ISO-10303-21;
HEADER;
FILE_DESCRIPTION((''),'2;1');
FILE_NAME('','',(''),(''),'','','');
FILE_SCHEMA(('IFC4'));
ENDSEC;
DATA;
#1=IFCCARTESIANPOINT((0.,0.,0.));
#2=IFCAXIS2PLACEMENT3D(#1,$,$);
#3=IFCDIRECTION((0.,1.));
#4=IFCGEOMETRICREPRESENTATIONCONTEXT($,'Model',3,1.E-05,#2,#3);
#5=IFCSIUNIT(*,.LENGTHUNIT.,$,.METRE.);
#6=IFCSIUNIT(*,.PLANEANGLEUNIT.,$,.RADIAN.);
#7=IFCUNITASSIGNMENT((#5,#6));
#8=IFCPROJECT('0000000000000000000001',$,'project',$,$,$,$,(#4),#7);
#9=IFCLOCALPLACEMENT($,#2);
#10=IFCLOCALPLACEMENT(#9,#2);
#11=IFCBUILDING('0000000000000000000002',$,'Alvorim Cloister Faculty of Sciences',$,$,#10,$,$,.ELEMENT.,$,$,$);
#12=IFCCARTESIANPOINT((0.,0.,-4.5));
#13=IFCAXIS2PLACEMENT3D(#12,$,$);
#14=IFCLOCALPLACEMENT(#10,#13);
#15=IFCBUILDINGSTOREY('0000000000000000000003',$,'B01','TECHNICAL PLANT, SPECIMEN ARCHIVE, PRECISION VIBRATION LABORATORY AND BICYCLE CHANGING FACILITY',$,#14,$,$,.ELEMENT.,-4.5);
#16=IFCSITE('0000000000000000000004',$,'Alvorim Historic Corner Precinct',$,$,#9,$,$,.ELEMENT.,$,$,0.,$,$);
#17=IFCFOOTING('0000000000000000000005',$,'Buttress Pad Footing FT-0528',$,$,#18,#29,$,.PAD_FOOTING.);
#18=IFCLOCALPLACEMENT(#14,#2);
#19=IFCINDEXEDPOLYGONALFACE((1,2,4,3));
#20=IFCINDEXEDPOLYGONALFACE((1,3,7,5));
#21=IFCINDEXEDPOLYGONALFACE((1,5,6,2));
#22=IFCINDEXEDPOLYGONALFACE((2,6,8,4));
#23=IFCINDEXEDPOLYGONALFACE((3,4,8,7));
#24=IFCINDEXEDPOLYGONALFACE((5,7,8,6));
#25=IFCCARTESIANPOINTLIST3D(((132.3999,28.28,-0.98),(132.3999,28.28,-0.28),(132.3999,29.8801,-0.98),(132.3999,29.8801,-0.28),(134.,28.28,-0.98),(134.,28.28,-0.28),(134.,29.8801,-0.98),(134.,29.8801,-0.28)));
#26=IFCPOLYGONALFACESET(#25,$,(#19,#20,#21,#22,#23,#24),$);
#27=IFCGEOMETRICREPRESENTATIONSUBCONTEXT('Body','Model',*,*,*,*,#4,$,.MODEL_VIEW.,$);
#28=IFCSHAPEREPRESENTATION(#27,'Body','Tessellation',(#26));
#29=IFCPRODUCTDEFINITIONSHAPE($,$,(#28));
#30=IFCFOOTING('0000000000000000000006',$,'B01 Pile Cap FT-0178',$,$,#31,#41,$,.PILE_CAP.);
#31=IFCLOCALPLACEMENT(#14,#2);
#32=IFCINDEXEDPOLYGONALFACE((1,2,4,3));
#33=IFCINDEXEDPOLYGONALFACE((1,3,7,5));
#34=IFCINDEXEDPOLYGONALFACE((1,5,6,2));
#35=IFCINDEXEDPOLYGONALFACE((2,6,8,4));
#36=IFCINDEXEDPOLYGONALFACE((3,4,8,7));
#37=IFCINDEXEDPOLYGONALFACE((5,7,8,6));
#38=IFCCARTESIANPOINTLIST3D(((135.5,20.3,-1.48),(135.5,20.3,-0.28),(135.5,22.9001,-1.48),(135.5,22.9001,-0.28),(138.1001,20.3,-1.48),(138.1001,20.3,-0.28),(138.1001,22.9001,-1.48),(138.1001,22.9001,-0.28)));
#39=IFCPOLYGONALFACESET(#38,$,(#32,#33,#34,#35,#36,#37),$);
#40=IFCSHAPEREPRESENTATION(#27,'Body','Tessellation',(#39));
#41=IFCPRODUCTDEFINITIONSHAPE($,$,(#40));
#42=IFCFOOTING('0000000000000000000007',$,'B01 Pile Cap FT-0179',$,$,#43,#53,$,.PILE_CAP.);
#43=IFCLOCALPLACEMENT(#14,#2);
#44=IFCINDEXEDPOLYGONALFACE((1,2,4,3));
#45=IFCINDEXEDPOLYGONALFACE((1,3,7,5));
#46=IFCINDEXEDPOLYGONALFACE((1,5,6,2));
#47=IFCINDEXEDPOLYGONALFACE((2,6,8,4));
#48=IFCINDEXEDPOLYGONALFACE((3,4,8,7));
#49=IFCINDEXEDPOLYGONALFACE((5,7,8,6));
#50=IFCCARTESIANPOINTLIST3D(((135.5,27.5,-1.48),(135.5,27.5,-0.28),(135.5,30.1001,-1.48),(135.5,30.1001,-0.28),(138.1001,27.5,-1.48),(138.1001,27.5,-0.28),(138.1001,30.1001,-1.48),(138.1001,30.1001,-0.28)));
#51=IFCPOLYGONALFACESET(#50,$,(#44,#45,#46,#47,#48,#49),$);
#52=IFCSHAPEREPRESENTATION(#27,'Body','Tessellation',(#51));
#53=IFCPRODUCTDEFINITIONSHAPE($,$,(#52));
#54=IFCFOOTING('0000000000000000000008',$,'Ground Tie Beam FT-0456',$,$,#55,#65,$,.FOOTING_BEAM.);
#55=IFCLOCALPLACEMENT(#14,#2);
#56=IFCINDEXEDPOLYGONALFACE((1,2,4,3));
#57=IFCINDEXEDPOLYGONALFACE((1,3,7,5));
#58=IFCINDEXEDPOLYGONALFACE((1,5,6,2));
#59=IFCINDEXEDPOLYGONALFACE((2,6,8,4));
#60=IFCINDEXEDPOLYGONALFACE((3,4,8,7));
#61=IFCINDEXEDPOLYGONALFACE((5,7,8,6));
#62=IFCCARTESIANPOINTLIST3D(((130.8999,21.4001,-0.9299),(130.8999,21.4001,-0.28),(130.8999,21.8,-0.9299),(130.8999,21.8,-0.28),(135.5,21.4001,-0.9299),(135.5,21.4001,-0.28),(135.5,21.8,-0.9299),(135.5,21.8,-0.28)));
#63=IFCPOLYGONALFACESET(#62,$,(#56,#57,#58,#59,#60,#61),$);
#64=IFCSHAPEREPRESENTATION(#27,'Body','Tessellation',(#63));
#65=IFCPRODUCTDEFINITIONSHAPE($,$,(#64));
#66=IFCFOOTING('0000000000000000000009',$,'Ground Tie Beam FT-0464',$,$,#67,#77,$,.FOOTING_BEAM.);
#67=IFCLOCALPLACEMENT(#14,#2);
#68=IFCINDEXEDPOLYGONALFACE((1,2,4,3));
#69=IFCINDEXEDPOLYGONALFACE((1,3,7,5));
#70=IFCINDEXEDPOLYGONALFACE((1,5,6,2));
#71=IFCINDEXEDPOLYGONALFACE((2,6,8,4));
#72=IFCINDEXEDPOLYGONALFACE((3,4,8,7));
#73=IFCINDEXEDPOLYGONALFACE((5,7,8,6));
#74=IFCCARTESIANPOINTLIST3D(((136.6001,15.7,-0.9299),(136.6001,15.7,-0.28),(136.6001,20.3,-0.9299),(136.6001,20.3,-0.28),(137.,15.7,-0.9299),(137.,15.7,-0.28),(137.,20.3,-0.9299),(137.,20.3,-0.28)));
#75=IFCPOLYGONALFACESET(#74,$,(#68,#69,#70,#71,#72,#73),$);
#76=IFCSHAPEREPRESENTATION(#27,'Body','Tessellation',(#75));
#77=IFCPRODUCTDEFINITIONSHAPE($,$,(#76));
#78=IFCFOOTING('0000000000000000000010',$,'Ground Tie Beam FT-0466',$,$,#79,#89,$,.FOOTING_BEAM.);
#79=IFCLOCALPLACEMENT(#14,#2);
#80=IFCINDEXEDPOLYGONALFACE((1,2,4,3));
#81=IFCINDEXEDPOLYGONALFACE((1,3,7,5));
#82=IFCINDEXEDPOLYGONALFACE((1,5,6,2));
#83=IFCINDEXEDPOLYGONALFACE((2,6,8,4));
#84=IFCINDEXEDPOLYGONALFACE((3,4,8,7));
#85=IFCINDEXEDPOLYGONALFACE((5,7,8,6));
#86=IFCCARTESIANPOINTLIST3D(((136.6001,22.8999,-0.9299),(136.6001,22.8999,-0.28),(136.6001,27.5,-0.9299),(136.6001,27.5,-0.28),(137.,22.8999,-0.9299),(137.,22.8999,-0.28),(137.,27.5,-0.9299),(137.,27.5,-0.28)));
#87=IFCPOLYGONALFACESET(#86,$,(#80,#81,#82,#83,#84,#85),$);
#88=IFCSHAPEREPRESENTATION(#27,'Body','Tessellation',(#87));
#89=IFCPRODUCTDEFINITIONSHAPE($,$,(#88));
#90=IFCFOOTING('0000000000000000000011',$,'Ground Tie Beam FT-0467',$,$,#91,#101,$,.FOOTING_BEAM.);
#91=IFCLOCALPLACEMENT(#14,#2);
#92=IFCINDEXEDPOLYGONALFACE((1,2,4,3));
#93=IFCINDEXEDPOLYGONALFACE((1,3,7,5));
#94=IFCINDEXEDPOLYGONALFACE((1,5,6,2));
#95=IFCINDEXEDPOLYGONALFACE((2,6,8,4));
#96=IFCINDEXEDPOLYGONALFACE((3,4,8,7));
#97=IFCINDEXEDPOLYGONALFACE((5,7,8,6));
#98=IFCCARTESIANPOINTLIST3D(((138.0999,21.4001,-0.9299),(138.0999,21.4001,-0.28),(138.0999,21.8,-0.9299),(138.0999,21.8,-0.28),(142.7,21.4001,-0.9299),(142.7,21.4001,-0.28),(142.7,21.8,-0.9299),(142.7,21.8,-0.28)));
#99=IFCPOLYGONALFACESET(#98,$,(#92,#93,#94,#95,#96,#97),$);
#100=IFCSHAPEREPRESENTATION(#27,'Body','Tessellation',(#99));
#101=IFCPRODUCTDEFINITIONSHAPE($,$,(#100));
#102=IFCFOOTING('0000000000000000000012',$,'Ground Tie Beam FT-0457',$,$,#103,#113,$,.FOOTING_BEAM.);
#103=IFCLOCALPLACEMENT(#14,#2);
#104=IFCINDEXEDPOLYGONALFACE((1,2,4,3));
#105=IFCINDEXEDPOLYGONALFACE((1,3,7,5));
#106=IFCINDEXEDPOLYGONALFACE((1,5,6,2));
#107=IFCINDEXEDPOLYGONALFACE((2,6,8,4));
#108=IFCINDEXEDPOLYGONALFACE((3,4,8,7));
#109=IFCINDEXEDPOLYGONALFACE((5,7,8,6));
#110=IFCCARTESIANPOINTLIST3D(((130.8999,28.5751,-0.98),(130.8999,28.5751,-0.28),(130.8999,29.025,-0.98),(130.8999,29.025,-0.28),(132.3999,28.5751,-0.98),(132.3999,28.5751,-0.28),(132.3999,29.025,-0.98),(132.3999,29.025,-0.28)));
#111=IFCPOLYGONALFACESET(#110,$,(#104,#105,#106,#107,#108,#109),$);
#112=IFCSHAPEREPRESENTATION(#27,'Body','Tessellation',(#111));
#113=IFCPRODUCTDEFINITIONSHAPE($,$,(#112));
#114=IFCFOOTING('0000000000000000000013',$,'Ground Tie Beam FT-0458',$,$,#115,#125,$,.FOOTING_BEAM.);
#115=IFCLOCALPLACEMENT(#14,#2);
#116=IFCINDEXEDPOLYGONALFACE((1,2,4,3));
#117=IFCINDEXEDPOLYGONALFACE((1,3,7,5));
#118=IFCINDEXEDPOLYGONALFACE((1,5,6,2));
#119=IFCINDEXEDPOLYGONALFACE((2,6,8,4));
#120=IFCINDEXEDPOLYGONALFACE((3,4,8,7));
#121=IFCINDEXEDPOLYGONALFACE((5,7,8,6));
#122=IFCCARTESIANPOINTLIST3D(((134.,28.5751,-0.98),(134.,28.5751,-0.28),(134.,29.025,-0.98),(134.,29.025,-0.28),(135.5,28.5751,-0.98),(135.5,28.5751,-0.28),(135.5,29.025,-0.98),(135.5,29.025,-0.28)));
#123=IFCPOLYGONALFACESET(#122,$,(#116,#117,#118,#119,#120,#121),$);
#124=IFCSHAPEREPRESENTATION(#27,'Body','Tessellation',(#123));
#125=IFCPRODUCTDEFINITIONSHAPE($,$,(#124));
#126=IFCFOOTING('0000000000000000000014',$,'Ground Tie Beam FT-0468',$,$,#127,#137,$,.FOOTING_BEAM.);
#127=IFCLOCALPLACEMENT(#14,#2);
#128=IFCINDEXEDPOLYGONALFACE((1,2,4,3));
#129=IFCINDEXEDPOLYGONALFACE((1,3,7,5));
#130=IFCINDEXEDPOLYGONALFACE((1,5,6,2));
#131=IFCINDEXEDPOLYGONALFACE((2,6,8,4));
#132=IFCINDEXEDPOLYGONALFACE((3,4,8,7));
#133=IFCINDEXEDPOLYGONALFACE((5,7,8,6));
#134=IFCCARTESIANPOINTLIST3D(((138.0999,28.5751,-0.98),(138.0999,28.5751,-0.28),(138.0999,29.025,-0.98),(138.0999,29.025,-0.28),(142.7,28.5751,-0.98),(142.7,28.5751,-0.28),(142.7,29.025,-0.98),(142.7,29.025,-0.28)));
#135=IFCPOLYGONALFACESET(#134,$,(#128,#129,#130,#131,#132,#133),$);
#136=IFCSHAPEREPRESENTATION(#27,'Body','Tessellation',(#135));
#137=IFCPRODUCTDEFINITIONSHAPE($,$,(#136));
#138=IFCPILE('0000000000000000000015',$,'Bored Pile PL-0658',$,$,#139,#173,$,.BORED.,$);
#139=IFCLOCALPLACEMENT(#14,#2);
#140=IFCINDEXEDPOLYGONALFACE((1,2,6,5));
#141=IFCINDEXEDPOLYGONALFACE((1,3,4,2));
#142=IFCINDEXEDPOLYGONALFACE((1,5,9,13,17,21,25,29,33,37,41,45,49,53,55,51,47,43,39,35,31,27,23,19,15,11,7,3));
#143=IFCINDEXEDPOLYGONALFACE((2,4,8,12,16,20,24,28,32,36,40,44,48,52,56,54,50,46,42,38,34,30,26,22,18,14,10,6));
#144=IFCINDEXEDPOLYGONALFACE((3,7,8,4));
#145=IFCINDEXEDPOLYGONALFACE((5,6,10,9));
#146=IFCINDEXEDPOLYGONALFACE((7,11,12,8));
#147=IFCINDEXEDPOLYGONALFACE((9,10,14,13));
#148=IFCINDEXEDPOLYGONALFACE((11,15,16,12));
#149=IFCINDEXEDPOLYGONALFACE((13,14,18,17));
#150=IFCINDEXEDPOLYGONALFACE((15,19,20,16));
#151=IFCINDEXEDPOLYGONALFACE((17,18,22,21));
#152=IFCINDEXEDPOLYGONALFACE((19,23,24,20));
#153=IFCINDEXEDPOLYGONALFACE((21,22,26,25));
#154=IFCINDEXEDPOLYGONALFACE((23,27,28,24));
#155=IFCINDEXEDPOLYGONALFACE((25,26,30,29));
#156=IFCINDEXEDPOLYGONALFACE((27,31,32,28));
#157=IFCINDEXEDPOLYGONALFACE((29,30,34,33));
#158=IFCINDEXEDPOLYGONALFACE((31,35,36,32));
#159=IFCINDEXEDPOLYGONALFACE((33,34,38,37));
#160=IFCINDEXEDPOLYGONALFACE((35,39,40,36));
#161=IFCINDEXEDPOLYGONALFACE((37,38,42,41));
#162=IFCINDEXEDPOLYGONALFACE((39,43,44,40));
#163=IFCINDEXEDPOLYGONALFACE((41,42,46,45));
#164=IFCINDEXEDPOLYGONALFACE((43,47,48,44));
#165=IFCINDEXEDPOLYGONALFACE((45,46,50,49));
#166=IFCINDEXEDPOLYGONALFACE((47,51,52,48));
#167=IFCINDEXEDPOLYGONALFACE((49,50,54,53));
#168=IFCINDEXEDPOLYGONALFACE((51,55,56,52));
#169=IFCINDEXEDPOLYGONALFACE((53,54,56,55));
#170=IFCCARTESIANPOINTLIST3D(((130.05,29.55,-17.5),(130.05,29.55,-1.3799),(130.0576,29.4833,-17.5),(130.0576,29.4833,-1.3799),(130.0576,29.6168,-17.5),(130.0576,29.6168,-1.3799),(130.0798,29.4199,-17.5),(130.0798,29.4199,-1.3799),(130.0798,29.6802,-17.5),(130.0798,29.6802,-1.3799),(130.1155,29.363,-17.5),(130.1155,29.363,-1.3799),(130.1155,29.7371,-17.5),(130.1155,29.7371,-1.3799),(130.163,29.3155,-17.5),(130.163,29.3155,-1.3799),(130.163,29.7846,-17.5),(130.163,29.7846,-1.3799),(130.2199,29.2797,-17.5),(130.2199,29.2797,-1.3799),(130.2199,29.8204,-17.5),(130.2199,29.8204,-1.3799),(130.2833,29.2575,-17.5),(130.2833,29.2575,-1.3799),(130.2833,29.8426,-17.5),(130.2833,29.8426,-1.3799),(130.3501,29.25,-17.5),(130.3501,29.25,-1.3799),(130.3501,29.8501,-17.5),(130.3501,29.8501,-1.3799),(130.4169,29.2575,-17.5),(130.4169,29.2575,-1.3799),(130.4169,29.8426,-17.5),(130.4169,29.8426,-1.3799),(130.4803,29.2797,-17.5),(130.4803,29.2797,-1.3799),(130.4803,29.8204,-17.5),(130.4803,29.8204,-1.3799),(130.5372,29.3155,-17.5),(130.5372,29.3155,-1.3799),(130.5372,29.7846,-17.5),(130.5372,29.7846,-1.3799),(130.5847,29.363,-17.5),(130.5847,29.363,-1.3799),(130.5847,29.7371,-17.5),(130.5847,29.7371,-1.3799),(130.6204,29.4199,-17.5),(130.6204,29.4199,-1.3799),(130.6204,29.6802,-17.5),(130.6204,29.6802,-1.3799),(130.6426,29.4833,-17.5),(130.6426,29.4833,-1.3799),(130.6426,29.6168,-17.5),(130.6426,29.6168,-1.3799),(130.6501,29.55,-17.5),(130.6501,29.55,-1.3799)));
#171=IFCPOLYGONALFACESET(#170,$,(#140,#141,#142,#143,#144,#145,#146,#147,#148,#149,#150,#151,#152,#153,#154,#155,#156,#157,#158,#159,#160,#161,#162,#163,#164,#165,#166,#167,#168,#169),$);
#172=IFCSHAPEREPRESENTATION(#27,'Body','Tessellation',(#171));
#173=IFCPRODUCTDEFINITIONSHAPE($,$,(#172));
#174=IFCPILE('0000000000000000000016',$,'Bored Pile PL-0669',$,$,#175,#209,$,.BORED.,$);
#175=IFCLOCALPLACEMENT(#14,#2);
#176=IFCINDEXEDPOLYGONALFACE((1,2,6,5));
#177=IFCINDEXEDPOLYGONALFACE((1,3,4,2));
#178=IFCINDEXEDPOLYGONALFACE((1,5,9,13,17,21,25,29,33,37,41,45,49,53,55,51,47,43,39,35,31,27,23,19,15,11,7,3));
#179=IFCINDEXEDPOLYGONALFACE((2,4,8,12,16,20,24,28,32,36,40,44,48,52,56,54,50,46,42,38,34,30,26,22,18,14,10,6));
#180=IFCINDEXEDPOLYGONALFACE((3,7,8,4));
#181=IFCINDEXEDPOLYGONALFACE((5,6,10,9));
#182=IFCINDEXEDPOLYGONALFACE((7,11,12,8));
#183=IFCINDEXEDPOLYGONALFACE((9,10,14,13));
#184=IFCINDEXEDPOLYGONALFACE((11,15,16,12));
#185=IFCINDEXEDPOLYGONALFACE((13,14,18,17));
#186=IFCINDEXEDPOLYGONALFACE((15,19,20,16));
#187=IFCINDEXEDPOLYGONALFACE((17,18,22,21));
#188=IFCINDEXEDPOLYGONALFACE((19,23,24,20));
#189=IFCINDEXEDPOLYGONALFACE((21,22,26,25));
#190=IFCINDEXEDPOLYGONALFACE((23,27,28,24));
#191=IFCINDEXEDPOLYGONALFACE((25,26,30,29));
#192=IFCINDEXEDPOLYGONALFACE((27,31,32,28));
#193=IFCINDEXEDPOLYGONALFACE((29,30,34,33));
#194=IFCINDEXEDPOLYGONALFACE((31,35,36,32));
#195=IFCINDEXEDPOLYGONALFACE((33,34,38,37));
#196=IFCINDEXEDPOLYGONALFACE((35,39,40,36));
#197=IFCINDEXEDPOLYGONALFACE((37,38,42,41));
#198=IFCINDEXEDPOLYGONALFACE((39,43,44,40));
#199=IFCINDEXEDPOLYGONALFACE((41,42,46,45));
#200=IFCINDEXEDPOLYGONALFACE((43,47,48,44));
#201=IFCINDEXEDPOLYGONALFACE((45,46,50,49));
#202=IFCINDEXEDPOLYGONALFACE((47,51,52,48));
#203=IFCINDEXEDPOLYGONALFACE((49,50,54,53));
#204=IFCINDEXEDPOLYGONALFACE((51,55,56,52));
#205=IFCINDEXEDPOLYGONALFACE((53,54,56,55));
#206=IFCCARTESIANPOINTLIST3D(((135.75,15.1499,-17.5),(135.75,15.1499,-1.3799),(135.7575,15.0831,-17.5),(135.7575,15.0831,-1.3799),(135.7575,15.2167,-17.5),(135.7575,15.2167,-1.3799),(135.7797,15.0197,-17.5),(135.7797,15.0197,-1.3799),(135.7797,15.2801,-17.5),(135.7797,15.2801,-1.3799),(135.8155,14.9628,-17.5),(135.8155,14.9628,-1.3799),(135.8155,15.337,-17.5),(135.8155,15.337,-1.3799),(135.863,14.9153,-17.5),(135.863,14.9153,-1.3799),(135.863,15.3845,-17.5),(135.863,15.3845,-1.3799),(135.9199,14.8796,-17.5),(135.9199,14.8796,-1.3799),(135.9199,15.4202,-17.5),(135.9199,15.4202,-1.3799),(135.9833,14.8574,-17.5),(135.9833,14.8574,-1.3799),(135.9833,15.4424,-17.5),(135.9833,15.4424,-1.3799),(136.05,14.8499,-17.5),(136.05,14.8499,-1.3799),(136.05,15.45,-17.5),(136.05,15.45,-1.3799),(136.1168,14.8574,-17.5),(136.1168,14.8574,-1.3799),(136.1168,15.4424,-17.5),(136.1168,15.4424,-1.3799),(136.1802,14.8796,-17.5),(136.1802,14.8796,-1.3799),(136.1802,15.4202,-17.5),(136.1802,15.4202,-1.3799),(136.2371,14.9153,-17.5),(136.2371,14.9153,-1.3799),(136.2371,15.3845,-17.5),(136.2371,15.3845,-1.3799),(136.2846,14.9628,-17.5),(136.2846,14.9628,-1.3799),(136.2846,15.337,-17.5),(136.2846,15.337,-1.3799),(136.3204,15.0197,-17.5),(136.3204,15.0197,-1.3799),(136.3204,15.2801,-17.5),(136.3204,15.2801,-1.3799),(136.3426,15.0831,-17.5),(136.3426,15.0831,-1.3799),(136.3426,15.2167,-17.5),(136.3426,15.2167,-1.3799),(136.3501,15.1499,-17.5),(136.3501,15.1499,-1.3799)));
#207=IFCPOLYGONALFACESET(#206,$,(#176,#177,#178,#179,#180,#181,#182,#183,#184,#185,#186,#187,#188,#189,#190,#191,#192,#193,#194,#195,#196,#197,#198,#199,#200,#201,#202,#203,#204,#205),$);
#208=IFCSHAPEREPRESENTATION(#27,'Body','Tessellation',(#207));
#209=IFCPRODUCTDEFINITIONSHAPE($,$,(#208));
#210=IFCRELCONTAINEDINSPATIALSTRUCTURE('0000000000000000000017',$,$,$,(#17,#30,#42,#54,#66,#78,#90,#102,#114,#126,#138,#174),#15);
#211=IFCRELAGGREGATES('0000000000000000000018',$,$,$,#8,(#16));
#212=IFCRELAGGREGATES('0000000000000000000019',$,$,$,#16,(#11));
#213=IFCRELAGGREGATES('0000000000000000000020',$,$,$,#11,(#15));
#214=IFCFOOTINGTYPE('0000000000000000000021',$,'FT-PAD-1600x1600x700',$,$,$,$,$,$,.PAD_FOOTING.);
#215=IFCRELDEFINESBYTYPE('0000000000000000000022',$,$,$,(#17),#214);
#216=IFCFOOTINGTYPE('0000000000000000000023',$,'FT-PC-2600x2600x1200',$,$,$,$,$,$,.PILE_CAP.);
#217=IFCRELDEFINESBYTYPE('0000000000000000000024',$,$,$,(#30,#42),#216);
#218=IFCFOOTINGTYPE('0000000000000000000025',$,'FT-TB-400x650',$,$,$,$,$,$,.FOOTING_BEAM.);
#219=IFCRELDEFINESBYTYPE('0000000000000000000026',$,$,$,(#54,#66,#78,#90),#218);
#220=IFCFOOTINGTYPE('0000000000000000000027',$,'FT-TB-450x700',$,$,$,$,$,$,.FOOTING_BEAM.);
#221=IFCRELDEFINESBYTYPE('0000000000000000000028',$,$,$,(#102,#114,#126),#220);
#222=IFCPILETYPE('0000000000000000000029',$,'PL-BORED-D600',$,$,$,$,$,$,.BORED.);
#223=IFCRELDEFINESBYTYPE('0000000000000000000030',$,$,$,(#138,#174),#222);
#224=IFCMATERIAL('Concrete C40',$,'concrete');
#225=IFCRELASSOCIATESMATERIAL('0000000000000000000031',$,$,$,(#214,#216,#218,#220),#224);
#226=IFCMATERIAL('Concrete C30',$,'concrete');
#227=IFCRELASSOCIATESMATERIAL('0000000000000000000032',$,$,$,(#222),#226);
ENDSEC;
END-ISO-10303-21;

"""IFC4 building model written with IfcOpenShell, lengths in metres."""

from ifc_helpers import new_model, si_unit, direction, frame, origin, origin_2d, place, context, subcontext, project, spatial, rectangle, circle, extrude, material, material_profile, profile_set, type_object, element, save


model = new_model("IFC4")

# Units and contexts
model_context = context("Model", 3, precision=1e-05, world=origin(), true_north=direction((0.0, 1.0)))
body_context = subcontext(model_context, "Body", "Model", "MODEL_VIEW")
ifc_project = project(units=[si_unit("LENGTHUNIT", "METRE"), si_unit("PLANEANGLEUNIT", "RADIAN")], contexts=[model_context])

# Site, building, storey
site_placement = place(None, origin())
site = spatial("IfcSite", under=ifc_project, at=site_placement, Name="Alvorim Historic Corner Precinct", CompositionType="ELEMENT", RefElevation=0.0)
building_placement = place(site_placement, origin())
building = spatial("IfcBuilding", under=site, at=building_placement, Name="Alvorim Cloister Faculty of Sciences", CompositionType="ELEMENT")
storey_placement = place(building_placement, frame((0.0, 0.0, -4.5)))
storey = spatial("IfcBuildingStorey", under=building, at=storey_placement, Name="B01", Description="TECHNICAL PLANT, SPECIMEN ARCHIVE, PRECISION VIBRATION LABORATORY AND BICYCLE CHANGING FACILITY", CompositionType="ELEMENT", Elevation=-4.5)

# Footings
ifc_material_1 = material(Name="Concrete C40", Category="concrete")
footing_type_1 = type_object("IfcFootingType", Name="FT-PAD-1600x1600x700", PredefinedType="PAD_FOOTING", material=ifc_material_1)
footing_1_placement = place(storey_placement, frame((133.2, 29.0801, -0.98), z_axis=(0.0, 0.0, 1.0), x_axis=(1.0, 0.0, 0.0)))
element("IfcFooting", 1, at=footing_1_placement, inside=storey, type_object=footing_type_1, Name="Buttress Pad Footing FT-0528", PredefinedType="PAD_FOOTING", context=body_context, shape_type="SweptSolid", body=[
    extrude(rectangle(XDim=1.6001, YDim=1.6001, at=origin_2d()), origin(), (0.0, 0.0, 1.0), 0.7),
])
footing_type_2 = type_object("IfcFootingType", Name="FT-PC-2600x2600x1200", PredefinedType="PILE_CAP", material=ifc_material_1)
for number, where, z_axis, x_axis, name in (
    (2, (136.8, 21.6001, -1.48), (0.0, 0.0, 1.0), (1.0, 0.0, 0.0), "B01 Pile Cap FT-0178"),
    (3, (136.8, 28.8, -1.48), (0.0, 0.0, 1.0), (1.0, 0.0, 0.0), "B01 Pile Cap FT-0179"),
):
    element("IfcFooting", number, at=place(storey_placement, frame(where, z_axis=z_axis, x_axis=x_axis)), inside=storey, type_object=footing_type_2, Name=name, PredefinedType="PILE_CAP", context=body_context, shape_type="SweptSolid", body=[
        extrude(rectangle(XDim=2.6001, YDim=2.6001, at=origin_2d()), origin(), (0.0, 0.0, 1.0), 1.2),
    ])
footing_type_3 = type_object("IfcFootingType", Name="FT-TB-400x650", PredefinedType="FOOTING_BEAM", material=ifc_material_1)
footing_2_placement = place(storey_placement, frame((133.2, 21.6001, -0.9299), z_axis=(0.0, 0.0, 1.0), x_axis=(1.0, 0.0, 0.0)))
element("IfcFooting", 4, at=footing_2_placement, inside=storey, type_object=footing_type_3, Name="Ground Tie Beam FT-0456", PredefinedType="FOOTING_BEAM", context=body_context, shape_type="SweptSolid", body=[
    extrude(rectangle(XDim=4.6001, YDim=0.3999, at=origin_2d()), origin(), (0.0, 0.0, 1.0), 0.6499),
])
for number, where, z_axis, x_axis, name in (
    (5, (136.8, 18.0, -0.9299), (0.0, 0.0, 1.0), (1.0, 0.0, 0.0), "Ground Tie Beam FT-0464"),
    (6, (136.8, 25.2, -0.9299), (0.0, 0.0, 1.0), (1.0, 0.0, 0.0), "Ground Tie Beam FT-0466"),
):
    element("IfcFooting", number, at=place(storey_placement, frame(where, z_axis=z_axis, x_axis=x_axis)), inside=storey, type_object=footing_type_3, Name=name, PredefinedType="FOOTING_BEAM", context=body_context, shape_type="SweptSolid", body=[
        extrude(rectangle(XDim=0.3999, YDim=4.6001, at=origin_2d()), origin(), (0.0, 0.0, 1.0), 0.6499),
    ])
footing_3_placement = place(storey_placement, frame((140.3999, 21.6001, -0.9299), z_axis=(0.0, 0.0, 1.0), x_axis=(1.0, 0.0, 0.0)))
element("IfcFooting", 7, at=footing_3_placement, inside=storey, type_object=footing_type_3, Name="Ground Tie Beam FT-0467", PredefinedType="FOOTING_BEAM", context=body_context, shape_type="SweptSolid", body=[
    extrude(rectangle(XDim=4.6001, YDim=0.3999, at=origin_2d()), origin(), (0.0, 0.0, 1.0), 0.6499),
])
footing_type_4 = type_object("IfcFootingType", Name="FT-TB-450x700", PredefinedType="FOOTING_BEAM", material=ifc_material_1)
for number, where, z_axis, x_axis, name in (
    (8, (131.6499, 28.8, -0.98), (0.0, 0.0, 1.0), (1.0, 0.0, 0.0), "Ground Tie Beam FT-0457"),
    (9, (134.75, 28.8, -0.98), (0.0, 0.0, 1.0), (1.0, 0.0, 0.0), "Ground Tie Beam FT-0458"),
):
    element("IfcFooting", number, at=place(storey_placement, frame(where, z_axis=z_axis, x_axis=x_axis)), inside=storey, type_object=footing_type_4, Name=name, PredefinedType="FOOTING_BEAM", context=body_context, shape_type="SweptSolid", body=[
        extrude(rectangle(XDim=1.5, YDim=0.45, at=origin_2d()), origin(), (0.0, 0.0, 1.0), 0.7),
    ])
footing_4_placement = place(storey_placement, frame((140.3999, 28.8, -0.98), z_axis=(0.0, 0.0, 1.0), x_axis=(1.0, 0.0, 0.0)))
element("IfcFooting", 10, at=footing_4_placement, inside=storey, type_object=footing_type_4, Name="Ground Tie Beam FT-0468", PredefinedType="FOOTING_BEAM", context=body_context, shape_type="SweptSolid", body=[
    extrude(rectangle(XDim=4.6001, YDim=0.45, at=origin_2d()), origin(), (0.0, 0.0, 1.0), 0.7),
])

# Piles
ifc_material_2 = material(Name="Concrete C30", Category="concrete")
ifc_material_profile_1 = material_profile(ifc_material_2, circle(Radius=0.3, at=origin_2d()), Name="PILE-D600")
ifc_profile_set_1 = profile_set([ifc_material_profile_1], Name="Concrete C30")
pile_type = type_object("IfcPileType", Name="PL-BORED-D600", PredefinedType="BORED", material=ifc_profile_set_1)
for number, where, z_axis, x_axis, name in (
    (11, (130.3501, 29.55, -1.3799), (0.0, 0.0, -1.0), (1.0, 0.0, 0.0), "Bored Pile PL-0658"),
    (12, (136.05, 15.1499, -1.3799), (0.0, 0.0, -1.0), (1.0, 0.0, 0.0), "Bored Pile PL-0669"),
):
    element("IfcPile", number, at=place(storey_placement, frame(where, z_axis=z_axis, x_axis=x_axis)), inside=storey, type_object=pile_type, Name=name, PredefinedType="BORED", context=body_context, shape_type="SweptSolid", body=[
        extrude(circle(Radius=0.3, at=origin_2d()), origin(), (0.0, 0.0, 1.0), 16.1201),
    ])

save(model, "model.ifc")
